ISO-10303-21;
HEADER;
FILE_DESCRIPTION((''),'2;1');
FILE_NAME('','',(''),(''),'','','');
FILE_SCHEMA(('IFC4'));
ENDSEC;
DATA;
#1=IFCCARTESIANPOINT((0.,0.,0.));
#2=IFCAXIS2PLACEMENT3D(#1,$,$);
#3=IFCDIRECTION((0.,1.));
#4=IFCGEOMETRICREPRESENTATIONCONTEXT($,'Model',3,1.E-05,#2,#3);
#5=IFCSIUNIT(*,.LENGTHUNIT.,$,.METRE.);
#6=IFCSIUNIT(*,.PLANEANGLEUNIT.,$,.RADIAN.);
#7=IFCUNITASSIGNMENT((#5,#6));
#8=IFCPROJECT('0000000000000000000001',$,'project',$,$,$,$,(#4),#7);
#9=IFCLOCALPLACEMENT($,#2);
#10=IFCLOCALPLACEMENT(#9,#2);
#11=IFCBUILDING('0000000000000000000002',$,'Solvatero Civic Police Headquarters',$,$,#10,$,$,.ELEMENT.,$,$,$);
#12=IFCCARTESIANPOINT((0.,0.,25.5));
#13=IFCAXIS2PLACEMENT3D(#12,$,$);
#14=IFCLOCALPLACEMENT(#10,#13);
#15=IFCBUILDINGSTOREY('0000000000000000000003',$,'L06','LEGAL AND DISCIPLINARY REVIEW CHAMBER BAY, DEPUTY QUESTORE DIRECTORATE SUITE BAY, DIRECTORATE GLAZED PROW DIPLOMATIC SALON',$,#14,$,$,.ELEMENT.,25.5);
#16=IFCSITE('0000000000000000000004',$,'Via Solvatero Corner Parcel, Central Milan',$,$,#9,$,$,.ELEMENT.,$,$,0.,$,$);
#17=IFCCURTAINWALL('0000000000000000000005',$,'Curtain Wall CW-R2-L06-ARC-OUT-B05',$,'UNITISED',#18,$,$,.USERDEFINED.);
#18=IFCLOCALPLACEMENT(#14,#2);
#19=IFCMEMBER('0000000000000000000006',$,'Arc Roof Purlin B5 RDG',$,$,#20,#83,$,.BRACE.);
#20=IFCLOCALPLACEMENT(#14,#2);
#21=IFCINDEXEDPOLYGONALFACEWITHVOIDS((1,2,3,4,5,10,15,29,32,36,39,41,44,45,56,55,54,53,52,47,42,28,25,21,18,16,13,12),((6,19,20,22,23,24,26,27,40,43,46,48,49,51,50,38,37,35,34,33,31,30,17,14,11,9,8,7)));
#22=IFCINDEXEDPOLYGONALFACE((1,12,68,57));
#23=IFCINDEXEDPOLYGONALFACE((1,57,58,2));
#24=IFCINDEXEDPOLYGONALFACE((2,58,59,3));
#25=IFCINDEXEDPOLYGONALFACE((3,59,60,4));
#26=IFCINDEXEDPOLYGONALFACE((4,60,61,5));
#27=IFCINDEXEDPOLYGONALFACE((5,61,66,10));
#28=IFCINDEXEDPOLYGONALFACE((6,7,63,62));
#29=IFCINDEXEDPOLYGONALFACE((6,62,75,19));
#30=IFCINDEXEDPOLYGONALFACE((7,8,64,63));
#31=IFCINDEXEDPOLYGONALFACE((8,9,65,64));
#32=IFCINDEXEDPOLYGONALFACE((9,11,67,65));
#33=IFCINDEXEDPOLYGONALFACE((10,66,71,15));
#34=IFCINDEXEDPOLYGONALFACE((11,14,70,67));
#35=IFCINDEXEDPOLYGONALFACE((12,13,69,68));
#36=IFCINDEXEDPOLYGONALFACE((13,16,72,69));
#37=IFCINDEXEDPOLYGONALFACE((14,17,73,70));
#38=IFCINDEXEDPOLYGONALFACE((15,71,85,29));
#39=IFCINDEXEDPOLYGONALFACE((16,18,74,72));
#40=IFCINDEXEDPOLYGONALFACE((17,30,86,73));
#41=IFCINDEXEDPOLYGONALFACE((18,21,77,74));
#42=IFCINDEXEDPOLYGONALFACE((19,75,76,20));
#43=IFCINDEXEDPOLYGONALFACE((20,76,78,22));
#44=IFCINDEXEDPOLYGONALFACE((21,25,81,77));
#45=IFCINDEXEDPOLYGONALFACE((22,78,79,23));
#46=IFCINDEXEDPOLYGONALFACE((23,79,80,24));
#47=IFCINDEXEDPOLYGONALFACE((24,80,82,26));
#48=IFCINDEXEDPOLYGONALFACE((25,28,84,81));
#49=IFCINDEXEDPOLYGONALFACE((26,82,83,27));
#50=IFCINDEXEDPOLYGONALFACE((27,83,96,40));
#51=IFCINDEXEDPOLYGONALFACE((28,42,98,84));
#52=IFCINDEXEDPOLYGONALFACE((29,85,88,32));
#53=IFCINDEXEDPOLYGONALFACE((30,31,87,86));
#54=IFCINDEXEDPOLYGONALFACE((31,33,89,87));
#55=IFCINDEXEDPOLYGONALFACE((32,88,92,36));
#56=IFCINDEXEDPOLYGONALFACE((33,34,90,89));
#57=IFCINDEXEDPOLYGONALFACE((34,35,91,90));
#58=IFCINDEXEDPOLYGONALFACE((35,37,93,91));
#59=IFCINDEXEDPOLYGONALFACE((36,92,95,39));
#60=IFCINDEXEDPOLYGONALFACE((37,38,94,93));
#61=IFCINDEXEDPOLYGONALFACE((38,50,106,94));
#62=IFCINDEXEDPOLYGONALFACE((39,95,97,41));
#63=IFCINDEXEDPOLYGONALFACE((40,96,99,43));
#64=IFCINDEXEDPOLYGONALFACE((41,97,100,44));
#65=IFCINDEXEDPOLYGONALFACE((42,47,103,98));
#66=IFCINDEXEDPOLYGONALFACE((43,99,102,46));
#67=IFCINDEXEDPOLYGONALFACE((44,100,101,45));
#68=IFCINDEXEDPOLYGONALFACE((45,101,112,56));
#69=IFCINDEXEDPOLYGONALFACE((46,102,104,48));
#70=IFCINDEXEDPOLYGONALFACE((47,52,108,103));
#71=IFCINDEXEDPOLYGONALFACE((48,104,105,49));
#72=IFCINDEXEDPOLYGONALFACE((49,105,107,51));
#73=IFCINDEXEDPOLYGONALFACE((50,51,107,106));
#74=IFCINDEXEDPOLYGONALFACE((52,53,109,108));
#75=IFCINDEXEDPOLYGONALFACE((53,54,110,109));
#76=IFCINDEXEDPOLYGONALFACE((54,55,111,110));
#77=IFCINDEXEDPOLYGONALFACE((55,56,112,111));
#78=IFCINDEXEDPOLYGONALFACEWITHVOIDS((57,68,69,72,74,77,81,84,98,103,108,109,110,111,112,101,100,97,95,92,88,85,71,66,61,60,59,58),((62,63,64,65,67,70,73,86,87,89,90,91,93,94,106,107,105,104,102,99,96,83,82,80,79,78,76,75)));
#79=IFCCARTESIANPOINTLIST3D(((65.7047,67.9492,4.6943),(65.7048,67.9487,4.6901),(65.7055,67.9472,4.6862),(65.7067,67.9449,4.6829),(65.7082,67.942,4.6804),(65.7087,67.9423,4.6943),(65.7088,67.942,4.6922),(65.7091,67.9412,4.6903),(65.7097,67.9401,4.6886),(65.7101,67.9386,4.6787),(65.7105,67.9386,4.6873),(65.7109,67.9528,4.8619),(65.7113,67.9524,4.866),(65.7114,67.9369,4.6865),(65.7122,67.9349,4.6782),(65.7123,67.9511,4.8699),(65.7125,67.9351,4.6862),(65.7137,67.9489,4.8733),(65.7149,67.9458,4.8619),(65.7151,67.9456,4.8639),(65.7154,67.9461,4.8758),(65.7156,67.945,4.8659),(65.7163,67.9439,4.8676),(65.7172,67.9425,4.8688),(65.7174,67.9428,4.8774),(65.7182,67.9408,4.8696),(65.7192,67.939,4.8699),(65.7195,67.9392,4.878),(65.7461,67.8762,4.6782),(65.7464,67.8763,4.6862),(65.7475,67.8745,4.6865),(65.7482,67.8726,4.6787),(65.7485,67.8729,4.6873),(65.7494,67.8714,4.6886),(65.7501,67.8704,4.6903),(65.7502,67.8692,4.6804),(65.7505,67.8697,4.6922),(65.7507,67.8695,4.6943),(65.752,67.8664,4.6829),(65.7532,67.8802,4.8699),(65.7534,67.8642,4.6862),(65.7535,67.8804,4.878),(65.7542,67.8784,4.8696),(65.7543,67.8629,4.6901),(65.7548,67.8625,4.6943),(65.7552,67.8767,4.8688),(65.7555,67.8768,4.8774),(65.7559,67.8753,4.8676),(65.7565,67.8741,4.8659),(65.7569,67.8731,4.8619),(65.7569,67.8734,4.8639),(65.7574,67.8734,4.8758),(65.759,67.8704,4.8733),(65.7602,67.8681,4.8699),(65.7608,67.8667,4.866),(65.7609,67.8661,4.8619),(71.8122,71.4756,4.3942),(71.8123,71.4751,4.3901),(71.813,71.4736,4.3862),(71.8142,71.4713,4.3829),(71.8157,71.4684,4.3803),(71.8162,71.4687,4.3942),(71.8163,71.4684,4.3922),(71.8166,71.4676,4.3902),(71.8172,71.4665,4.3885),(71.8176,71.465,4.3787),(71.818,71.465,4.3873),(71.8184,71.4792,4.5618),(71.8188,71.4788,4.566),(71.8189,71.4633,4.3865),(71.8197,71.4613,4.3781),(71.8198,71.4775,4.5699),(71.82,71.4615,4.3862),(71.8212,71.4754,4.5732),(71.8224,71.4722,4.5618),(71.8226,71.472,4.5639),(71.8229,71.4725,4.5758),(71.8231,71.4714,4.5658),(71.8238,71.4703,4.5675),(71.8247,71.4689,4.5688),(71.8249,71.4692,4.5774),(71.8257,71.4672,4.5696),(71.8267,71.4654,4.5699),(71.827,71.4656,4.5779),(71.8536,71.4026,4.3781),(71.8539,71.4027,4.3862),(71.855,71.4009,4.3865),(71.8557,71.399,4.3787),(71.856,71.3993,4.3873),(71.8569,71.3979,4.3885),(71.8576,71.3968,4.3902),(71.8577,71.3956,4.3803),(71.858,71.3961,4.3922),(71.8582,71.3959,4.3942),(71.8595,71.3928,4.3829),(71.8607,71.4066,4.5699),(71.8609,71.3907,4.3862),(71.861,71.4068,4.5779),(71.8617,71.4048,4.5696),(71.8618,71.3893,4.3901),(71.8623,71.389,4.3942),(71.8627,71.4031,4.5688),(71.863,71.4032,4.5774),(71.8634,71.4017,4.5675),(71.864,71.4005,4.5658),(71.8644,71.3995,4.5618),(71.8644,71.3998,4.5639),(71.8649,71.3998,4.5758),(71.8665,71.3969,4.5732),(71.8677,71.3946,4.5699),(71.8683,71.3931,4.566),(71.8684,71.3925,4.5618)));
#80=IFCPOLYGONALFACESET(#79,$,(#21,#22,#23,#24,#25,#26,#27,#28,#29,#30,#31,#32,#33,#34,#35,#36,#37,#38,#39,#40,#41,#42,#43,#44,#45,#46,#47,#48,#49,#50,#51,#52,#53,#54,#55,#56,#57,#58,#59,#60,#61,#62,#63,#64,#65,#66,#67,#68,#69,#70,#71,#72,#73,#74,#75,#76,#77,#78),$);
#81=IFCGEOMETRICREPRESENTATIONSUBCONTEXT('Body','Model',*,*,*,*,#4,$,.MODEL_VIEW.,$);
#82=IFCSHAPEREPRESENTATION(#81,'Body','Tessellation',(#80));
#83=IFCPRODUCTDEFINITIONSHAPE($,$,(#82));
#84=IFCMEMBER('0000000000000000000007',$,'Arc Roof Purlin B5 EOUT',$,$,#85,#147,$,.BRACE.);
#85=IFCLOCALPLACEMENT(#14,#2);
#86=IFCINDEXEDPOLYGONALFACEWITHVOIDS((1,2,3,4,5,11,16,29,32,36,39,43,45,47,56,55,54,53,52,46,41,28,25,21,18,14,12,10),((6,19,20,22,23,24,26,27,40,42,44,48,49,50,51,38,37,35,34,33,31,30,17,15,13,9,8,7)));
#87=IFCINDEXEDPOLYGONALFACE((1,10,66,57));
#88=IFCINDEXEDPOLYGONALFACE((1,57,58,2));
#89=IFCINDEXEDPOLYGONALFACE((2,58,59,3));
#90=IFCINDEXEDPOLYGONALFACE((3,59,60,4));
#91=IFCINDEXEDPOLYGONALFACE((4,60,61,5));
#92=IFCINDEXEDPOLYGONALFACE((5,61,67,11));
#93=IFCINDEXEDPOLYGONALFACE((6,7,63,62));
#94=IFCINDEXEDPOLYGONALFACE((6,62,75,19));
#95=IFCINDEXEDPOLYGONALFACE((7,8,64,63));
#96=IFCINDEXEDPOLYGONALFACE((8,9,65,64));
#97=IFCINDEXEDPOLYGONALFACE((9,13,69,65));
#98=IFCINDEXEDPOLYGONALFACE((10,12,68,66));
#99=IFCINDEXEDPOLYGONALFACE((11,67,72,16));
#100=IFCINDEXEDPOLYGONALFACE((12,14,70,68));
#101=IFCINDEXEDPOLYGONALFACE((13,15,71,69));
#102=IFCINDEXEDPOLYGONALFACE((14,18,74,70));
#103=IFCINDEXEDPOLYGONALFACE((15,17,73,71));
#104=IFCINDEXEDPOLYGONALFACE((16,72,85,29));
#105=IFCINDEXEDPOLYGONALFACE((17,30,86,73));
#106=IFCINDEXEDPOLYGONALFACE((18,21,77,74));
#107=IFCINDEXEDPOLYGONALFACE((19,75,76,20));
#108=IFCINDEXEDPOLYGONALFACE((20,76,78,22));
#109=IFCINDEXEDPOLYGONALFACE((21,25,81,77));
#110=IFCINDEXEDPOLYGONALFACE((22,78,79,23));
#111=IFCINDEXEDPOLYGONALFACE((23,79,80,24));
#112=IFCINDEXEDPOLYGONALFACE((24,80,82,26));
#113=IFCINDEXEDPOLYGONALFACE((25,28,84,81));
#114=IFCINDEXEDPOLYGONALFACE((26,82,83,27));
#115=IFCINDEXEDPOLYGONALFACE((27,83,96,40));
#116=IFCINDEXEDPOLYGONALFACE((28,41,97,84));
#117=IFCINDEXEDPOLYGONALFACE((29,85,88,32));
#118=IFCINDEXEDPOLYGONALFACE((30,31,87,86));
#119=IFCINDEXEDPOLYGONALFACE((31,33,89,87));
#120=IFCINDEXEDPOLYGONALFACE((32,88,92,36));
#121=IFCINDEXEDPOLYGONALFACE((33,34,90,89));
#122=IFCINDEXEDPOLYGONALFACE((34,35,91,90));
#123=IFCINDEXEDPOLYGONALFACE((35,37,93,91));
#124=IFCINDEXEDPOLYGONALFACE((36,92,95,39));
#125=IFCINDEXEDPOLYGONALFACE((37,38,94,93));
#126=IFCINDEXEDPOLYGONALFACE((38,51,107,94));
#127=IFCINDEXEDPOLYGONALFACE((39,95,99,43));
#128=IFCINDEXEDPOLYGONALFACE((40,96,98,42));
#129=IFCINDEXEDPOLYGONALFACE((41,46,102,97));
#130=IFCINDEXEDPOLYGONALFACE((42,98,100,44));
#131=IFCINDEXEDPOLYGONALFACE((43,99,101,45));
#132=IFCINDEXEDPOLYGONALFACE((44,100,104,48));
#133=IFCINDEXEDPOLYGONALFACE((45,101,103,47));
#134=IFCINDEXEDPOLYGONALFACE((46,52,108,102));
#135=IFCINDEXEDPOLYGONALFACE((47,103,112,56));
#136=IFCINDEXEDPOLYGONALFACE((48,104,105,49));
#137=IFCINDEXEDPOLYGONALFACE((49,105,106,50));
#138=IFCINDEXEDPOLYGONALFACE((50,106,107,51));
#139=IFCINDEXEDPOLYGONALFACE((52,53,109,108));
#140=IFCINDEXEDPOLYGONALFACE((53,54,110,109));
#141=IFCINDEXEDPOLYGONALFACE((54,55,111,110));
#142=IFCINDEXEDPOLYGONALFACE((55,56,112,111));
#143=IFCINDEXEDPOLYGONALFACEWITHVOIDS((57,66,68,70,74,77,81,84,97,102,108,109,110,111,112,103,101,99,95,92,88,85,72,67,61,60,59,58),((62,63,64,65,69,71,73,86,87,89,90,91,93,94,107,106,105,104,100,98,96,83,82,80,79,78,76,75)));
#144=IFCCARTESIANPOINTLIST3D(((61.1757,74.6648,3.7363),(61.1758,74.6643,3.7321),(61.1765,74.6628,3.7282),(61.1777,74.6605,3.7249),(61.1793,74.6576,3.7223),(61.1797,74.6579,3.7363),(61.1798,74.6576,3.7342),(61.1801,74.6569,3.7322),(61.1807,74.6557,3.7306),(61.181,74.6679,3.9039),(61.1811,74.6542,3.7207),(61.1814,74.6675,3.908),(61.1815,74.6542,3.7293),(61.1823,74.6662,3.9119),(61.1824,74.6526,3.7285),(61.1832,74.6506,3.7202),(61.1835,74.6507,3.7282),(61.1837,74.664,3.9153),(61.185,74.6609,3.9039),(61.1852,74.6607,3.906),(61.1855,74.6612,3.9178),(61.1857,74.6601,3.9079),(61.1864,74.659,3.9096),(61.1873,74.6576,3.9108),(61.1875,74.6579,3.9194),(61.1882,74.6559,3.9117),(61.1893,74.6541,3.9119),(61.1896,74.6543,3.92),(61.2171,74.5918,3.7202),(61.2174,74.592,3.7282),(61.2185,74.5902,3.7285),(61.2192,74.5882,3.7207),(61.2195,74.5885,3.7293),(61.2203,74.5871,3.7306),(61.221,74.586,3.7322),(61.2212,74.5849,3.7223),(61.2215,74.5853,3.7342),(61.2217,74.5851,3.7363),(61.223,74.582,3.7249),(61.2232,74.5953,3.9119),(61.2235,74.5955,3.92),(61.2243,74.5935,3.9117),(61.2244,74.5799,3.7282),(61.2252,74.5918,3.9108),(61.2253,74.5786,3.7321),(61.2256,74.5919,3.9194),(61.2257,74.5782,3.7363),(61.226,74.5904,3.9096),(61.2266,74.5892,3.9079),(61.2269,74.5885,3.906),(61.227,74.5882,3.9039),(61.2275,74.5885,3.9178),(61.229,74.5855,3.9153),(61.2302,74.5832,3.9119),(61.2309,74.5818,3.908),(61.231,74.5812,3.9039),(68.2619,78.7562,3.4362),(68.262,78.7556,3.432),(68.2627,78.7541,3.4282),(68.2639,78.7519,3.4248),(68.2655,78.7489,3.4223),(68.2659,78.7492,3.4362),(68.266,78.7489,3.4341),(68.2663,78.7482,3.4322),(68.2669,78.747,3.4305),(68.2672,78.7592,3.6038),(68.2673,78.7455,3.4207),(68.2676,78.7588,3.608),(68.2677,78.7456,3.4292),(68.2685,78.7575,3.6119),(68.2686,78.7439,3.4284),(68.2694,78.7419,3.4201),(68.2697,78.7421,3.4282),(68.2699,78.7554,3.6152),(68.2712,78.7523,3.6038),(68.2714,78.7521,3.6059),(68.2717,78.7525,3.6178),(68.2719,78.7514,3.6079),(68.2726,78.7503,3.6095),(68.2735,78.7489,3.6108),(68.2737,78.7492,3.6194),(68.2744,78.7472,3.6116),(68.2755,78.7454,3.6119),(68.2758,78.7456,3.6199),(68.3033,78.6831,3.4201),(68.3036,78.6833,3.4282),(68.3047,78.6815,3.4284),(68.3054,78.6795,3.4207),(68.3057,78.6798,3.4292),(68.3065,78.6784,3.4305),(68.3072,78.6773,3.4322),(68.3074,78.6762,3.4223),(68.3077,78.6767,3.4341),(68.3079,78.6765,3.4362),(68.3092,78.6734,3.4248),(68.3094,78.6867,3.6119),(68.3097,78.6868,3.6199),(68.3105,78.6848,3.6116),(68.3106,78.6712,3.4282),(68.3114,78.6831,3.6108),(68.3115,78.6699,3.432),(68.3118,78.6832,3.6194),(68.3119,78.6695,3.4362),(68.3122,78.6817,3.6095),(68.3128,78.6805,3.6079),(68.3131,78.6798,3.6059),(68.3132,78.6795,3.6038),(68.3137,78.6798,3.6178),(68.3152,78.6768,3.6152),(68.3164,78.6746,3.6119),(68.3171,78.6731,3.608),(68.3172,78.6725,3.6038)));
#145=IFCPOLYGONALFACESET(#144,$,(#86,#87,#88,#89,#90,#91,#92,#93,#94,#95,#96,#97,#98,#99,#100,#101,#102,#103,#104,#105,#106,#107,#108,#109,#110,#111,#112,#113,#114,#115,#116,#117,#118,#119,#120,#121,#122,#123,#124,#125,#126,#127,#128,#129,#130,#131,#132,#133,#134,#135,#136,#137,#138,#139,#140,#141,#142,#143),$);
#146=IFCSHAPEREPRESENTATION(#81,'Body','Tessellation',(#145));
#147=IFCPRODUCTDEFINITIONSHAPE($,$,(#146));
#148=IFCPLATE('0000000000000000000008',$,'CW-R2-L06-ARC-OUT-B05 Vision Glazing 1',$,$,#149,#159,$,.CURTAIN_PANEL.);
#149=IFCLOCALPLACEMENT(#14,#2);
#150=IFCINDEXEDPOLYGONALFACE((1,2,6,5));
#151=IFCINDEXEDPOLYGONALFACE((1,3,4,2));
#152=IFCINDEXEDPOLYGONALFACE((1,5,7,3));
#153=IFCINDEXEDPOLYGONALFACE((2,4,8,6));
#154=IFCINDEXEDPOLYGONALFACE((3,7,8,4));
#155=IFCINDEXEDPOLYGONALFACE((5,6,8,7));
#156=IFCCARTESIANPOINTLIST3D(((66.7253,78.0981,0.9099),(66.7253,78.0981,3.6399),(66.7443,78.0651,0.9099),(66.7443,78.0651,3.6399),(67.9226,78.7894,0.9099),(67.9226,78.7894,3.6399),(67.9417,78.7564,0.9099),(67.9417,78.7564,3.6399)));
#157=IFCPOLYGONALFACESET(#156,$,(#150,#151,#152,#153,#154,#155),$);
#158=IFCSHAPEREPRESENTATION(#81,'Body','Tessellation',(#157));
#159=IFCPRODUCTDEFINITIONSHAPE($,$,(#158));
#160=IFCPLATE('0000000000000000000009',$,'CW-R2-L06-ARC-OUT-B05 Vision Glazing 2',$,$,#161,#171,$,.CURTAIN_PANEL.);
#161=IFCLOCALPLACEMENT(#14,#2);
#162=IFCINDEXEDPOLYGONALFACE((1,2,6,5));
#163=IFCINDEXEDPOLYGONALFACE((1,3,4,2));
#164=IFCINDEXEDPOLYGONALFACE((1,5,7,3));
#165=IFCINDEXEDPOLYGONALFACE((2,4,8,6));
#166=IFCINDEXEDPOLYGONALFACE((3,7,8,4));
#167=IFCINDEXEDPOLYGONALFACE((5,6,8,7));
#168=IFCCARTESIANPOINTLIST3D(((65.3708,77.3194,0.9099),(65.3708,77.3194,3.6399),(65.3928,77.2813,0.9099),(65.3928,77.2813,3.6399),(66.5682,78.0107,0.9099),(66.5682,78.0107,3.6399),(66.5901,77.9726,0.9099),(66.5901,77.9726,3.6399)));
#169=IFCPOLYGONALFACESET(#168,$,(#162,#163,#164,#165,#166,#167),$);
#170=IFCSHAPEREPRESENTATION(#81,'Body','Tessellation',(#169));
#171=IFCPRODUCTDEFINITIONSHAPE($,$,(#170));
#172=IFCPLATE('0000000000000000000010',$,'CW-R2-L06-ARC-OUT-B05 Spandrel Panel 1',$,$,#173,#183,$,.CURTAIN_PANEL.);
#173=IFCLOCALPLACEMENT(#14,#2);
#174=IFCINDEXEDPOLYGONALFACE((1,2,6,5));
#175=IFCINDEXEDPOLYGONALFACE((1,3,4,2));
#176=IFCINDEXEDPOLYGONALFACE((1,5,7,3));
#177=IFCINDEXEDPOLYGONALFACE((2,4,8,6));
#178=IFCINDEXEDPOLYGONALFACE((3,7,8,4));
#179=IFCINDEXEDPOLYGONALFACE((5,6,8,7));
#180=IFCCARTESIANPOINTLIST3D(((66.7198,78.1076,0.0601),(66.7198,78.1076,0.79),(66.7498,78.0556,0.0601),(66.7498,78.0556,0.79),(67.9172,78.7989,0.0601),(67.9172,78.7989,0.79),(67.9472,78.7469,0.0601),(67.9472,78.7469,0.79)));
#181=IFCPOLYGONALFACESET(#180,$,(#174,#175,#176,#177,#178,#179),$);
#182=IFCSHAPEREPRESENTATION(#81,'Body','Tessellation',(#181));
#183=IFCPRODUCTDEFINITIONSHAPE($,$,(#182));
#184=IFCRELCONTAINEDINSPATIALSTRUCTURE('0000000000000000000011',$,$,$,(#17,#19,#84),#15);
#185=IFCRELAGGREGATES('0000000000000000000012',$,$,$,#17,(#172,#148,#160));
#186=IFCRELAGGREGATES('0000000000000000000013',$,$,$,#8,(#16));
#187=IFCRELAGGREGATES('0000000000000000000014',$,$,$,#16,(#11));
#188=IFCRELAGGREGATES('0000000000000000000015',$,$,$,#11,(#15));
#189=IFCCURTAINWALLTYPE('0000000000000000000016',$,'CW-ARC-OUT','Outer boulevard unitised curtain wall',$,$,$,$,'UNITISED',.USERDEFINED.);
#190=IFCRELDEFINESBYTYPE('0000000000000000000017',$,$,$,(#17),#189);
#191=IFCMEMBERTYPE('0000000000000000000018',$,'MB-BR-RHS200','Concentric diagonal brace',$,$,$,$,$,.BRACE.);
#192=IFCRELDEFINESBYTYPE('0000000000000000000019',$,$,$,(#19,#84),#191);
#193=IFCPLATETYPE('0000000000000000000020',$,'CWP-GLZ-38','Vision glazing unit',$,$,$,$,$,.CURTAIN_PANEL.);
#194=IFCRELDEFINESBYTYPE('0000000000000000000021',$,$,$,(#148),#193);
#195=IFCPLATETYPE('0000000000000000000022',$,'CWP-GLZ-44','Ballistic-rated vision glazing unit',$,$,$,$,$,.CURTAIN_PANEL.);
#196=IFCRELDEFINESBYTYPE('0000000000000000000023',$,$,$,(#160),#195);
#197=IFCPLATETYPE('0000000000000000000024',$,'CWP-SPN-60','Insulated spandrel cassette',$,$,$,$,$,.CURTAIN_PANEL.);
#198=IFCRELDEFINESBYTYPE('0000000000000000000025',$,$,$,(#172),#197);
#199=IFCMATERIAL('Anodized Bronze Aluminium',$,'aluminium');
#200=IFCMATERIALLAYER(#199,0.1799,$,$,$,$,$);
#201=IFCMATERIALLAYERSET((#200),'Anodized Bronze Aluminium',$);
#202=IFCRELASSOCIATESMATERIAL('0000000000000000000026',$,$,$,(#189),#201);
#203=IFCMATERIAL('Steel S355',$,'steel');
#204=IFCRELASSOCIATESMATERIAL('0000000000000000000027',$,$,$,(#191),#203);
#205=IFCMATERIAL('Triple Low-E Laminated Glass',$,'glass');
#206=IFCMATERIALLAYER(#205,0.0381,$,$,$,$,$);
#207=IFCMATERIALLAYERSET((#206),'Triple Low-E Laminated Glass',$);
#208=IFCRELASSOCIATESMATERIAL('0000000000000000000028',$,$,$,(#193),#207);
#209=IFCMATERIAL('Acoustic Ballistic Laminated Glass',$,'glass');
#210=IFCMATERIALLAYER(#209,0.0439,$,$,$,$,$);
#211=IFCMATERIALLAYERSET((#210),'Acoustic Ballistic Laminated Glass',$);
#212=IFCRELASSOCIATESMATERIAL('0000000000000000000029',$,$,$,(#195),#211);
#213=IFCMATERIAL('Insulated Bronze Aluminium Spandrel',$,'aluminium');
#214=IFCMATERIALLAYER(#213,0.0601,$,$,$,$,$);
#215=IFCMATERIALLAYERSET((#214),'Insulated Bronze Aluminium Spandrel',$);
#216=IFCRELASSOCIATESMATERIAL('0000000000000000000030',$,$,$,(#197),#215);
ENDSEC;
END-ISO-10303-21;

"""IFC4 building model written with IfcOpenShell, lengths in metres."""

from ifc_helpers import new_model, si_unit, direction, frame, origin, origin_2d, place, context, subcontext, project, spatial, rectangle, hollow_rectangle, extrude, material, layer, layer_set, material_profile, profile_set, type_object, element, aggregate, save


model = new_model("IFC4")

# Units and contexts
model_context = context("Model", 3, precision=1e-05, world=origin(), true_north=direction((0.0, 1.0)))
body_context = subcontext(model_context, "Body", "Model", "MODEL_VIEW")
ifc_project = project(units=[si_unit("LENGTHUNIT", "METRE"), si_unit("PLANEANGLEUNIT", "RADIAN")], contexts=[model_context])

# Site, building, storey
site_placement = place(None, origin())
site = spatial("IfcSite", under=ifc_project, at=site_placement, Name="Via Solvatero Corner Parcel, Central Milan", CompositionType="ELEMENT", RefElevation=0.0)
building_placement = place(site_placement, origin())
building = spatial("IfcBuilding", under=site, at=building_placement, Name="Solvatero Civic Police Headquarters", CompositionType="ELEMENT")
storey_placement = place(building_placement, frame((0.0, 0.0, 25.5)))
storey = spatial("IfcBuildingStorey", under=building, at=storey_placement, Name="L06", Description="LEGAL AND DISCIPLINARY REVIEW CHAMBER BAY, DEPUTY QUESTORE DIRECTORATE SUITE BAY, DIRECTORATE GLAZED PROW DIPLOMATIC SALON", CompositionType="ELEMENT", Elevation=25.5)

# Shared definitions
ifc_material_1 = material(Name="Steel S355", Category="steel")

# Curtain wall
ifc_material_2 = material(Name="Anodized Bronze Aluminium", Category="aluminium")
ifc_layer_1 = layer(ifc_material_2, 0.1799)
ifc_layer_set_1 = layer_set([ifc_layer_1], Name="Anodized Bronze Aluminium")
curtain_wall_type = type_object("IfcCurtainWallType", Name="CW-ARC-OUT", Description="Outer boulevard unitised curtain wall", ElementType="UNITISED", PredefinedType="USERDEFINED", material=ifc_layer_set_1)
curtain_wall_placement = place(storey_placement, origin())
curtain_wall = element("IfcCurtainWall", 1, at=curtain_wall_placement, inside=storey, type_object=curtain_wall_type, Name="Curtain Wall CW-R2-L06-ARC-OUT-B05", ObjectType="UNITISED", PredefinedType="USERDEFINED")

# Members
ifc_material_profile_1 = material_profile(ifc_material_1, hollow_rectangle(XDim=0.1001, YDim=0.2, WallThickness=0.0081, InnerFilletRadius=0.0081, OuterFilletRadius=0.0161, at=origin_2d()), Name="RHS 200x100x8.0")
ifc_profile_set_1 = profile_set([ifc_material_profile_1], Name="Steel S355")
member_type_1 = type_object("IfcMemberType", Name="MB-BR-RHS200", Description="Concentric diagonal brace", PredefinedType="BRACE", material=ifc_profile_set_1)
member_1_placement = place(storey_placement, frame((71.8403, 71.4341, 4.478), z_axis=(-0.865228, -0.499574, 0.042507), x_axis=(0.500026, -0.86601, 0.0)))
element("IfcMember", 2, at=member_1_placement, inside=storey, type_object=member_type_1, Name="Arc Roof Purlin B5 RDG", PredefinedType="BRACE", context=body_context, shape_type="SweptSolid", body=[
    extrude(hollow_rectangle(XDim=0.1001, YDim=0.2, WallThickness=0.0081, InnerFilletRadius=0.0081, OuterFilletRadius=0.0161, at=origin_2d()), origin(), (0.0, 0.0, 1.0), 7.0588),
])
member_2_placement = place(storey_placement, frame((68.2896, 78.7144, 3.52), z_axis=(-0.865438, -0.499673, 0.036645), x_axis=(0.500009, -0.86602, 0.0)))
element("IfcMember", 3, at=member_2_placement, inside=storey, type_object=member_type_1, Name="Arc Roof Purlin B5 EOUT", PredefinedType="BRACE", context=body_context, shape_type="SweptSolid", body=[
    extrude(hollow_rectangle(XDim=0.1001, YDim=0.2, WallThickness=0.0081, InnerFilletRadius=0.0081, OuterFilletRadius=0.0161, at=origin_2d()), origin(), (0.0, 0.0, 1.0), 8.188),
])

# Plates
ifc_material_3 = material(Name="Triple Low-E Laminated Glass", Category="glass")
ifc_layer_2 = layer(ifc_material_3, 0.0381)
ifc_layer_set_2 = layer_set([ifc_layer_2], Name="Triple Low-E Laminated Glass")
plate_type_1 = type_object("IfcPlateType", Name="CWP-GLZ-38", Description="Vision glazing unit", PredefinedType="CURTAIN_PANEL", material=ifc_layer_set_2)
plate_1_placement = place(storey_placement, frame((67.3335, 78.4272, 0.9099), z_axis=(0.0, 0.0, 1.0), x_axis=(-0.866025, -0.5, 0.0)))
plate_1 = element("IfcPlate", 4, at=plate_1_placement, type_object=plate_type_1, Name="CW-R2-L06-ARC-OUT-B05 Vision Glazing 1", PredefinedType="CURTAIN_PANEL", context=body_context, shape_type="SweptSolid", body=[
    extrude(rectangle(XDim=1.3826, YDim=0.0381, at=origin_2d()), origin(), (0.0, 0.0, 1.0), 2.73),
])
ifc_material_4 = material(Name="Acoustic Ballistic Laminated Glass", Category="glass")
ifc_layer_3 = layer(ifc_material_4, 0.0439)
ifc_layer_set_3 = layer_set([ifc_layer_3], Name="Acoustic Ballistic Laminated Glass")
plate_type_2 = type_object("IfcPlateType", Name="CWP-GLZ-44", Description="Ballistic-rated vision glazing unit", PredefinedType="CURTAIN_PANEL", material=ifc_layer_set_3)
plate_2_placement = place(storey_placement, frame((65.9805, 77.646, 0.9099), z_axis=(0.0, 0.0, 1.0), x_axis=(-0.866025, -0.5, 0.0)))
plate_2 = element("IfcPlate", 5, at=plate_2_placement, type_object=plate_type_2, Name="CW-R2-L06-ARC-OUT-B05 Vision Glazing 2", PredefinedType="CURTAIN_PANEL", context=body_context, shape_type="SweptSolid", body=[
    extrude(rectangle(XDim=1.3826, YDim=0.0439, at=origin_2d()), origin(), (0.0, 0.0, 1.0), 2.73),
])
ifc_material_5 = material(Name="Insulated Bronze Aluminium Spandrel", Category="aluminium")
ifc_layer_4 = layer(ifc_material_5, 0.0601)
ifc_layer_set_4 = layer_set([ifc_layer_4], Name="Insulated Bronze Aluminium Spandrel")
plate_type_3 = type_object("IfcPlateType", Name="CWP-SPN-60", Description="Insulated spandrel cassette", PredefinedType="CURTAIN_PANEL", material=ifc_layer_set_4)
plate_3_placement = place(storey_placement, frame((67.3335, 78.4272, 0.0601), z_axis=(0.0, 0.0, 1.0), x_axis=(-0.866025, -0.5, 0.0)))
plate_3 = element("IfcPlate", 6, at=plate_3_placement, type_object=plate_type_3, Name="CW-R2-L06-ARC-OUT-B05 Spandrel Panel 1", PredefinedType="CURTAIN_PANEL", context=body_context, shape_type="SweptSolid", body=[
    extrude(rectangle(XDim=1.3826, YDim=0.0601, at=origin_2d()), origin(), (0.0, 0.0, 1.0), 0.73),
])
aggregate(curtain_wall, [plate_3, plate_1, plate_2])

save(model, "model.ifc")
